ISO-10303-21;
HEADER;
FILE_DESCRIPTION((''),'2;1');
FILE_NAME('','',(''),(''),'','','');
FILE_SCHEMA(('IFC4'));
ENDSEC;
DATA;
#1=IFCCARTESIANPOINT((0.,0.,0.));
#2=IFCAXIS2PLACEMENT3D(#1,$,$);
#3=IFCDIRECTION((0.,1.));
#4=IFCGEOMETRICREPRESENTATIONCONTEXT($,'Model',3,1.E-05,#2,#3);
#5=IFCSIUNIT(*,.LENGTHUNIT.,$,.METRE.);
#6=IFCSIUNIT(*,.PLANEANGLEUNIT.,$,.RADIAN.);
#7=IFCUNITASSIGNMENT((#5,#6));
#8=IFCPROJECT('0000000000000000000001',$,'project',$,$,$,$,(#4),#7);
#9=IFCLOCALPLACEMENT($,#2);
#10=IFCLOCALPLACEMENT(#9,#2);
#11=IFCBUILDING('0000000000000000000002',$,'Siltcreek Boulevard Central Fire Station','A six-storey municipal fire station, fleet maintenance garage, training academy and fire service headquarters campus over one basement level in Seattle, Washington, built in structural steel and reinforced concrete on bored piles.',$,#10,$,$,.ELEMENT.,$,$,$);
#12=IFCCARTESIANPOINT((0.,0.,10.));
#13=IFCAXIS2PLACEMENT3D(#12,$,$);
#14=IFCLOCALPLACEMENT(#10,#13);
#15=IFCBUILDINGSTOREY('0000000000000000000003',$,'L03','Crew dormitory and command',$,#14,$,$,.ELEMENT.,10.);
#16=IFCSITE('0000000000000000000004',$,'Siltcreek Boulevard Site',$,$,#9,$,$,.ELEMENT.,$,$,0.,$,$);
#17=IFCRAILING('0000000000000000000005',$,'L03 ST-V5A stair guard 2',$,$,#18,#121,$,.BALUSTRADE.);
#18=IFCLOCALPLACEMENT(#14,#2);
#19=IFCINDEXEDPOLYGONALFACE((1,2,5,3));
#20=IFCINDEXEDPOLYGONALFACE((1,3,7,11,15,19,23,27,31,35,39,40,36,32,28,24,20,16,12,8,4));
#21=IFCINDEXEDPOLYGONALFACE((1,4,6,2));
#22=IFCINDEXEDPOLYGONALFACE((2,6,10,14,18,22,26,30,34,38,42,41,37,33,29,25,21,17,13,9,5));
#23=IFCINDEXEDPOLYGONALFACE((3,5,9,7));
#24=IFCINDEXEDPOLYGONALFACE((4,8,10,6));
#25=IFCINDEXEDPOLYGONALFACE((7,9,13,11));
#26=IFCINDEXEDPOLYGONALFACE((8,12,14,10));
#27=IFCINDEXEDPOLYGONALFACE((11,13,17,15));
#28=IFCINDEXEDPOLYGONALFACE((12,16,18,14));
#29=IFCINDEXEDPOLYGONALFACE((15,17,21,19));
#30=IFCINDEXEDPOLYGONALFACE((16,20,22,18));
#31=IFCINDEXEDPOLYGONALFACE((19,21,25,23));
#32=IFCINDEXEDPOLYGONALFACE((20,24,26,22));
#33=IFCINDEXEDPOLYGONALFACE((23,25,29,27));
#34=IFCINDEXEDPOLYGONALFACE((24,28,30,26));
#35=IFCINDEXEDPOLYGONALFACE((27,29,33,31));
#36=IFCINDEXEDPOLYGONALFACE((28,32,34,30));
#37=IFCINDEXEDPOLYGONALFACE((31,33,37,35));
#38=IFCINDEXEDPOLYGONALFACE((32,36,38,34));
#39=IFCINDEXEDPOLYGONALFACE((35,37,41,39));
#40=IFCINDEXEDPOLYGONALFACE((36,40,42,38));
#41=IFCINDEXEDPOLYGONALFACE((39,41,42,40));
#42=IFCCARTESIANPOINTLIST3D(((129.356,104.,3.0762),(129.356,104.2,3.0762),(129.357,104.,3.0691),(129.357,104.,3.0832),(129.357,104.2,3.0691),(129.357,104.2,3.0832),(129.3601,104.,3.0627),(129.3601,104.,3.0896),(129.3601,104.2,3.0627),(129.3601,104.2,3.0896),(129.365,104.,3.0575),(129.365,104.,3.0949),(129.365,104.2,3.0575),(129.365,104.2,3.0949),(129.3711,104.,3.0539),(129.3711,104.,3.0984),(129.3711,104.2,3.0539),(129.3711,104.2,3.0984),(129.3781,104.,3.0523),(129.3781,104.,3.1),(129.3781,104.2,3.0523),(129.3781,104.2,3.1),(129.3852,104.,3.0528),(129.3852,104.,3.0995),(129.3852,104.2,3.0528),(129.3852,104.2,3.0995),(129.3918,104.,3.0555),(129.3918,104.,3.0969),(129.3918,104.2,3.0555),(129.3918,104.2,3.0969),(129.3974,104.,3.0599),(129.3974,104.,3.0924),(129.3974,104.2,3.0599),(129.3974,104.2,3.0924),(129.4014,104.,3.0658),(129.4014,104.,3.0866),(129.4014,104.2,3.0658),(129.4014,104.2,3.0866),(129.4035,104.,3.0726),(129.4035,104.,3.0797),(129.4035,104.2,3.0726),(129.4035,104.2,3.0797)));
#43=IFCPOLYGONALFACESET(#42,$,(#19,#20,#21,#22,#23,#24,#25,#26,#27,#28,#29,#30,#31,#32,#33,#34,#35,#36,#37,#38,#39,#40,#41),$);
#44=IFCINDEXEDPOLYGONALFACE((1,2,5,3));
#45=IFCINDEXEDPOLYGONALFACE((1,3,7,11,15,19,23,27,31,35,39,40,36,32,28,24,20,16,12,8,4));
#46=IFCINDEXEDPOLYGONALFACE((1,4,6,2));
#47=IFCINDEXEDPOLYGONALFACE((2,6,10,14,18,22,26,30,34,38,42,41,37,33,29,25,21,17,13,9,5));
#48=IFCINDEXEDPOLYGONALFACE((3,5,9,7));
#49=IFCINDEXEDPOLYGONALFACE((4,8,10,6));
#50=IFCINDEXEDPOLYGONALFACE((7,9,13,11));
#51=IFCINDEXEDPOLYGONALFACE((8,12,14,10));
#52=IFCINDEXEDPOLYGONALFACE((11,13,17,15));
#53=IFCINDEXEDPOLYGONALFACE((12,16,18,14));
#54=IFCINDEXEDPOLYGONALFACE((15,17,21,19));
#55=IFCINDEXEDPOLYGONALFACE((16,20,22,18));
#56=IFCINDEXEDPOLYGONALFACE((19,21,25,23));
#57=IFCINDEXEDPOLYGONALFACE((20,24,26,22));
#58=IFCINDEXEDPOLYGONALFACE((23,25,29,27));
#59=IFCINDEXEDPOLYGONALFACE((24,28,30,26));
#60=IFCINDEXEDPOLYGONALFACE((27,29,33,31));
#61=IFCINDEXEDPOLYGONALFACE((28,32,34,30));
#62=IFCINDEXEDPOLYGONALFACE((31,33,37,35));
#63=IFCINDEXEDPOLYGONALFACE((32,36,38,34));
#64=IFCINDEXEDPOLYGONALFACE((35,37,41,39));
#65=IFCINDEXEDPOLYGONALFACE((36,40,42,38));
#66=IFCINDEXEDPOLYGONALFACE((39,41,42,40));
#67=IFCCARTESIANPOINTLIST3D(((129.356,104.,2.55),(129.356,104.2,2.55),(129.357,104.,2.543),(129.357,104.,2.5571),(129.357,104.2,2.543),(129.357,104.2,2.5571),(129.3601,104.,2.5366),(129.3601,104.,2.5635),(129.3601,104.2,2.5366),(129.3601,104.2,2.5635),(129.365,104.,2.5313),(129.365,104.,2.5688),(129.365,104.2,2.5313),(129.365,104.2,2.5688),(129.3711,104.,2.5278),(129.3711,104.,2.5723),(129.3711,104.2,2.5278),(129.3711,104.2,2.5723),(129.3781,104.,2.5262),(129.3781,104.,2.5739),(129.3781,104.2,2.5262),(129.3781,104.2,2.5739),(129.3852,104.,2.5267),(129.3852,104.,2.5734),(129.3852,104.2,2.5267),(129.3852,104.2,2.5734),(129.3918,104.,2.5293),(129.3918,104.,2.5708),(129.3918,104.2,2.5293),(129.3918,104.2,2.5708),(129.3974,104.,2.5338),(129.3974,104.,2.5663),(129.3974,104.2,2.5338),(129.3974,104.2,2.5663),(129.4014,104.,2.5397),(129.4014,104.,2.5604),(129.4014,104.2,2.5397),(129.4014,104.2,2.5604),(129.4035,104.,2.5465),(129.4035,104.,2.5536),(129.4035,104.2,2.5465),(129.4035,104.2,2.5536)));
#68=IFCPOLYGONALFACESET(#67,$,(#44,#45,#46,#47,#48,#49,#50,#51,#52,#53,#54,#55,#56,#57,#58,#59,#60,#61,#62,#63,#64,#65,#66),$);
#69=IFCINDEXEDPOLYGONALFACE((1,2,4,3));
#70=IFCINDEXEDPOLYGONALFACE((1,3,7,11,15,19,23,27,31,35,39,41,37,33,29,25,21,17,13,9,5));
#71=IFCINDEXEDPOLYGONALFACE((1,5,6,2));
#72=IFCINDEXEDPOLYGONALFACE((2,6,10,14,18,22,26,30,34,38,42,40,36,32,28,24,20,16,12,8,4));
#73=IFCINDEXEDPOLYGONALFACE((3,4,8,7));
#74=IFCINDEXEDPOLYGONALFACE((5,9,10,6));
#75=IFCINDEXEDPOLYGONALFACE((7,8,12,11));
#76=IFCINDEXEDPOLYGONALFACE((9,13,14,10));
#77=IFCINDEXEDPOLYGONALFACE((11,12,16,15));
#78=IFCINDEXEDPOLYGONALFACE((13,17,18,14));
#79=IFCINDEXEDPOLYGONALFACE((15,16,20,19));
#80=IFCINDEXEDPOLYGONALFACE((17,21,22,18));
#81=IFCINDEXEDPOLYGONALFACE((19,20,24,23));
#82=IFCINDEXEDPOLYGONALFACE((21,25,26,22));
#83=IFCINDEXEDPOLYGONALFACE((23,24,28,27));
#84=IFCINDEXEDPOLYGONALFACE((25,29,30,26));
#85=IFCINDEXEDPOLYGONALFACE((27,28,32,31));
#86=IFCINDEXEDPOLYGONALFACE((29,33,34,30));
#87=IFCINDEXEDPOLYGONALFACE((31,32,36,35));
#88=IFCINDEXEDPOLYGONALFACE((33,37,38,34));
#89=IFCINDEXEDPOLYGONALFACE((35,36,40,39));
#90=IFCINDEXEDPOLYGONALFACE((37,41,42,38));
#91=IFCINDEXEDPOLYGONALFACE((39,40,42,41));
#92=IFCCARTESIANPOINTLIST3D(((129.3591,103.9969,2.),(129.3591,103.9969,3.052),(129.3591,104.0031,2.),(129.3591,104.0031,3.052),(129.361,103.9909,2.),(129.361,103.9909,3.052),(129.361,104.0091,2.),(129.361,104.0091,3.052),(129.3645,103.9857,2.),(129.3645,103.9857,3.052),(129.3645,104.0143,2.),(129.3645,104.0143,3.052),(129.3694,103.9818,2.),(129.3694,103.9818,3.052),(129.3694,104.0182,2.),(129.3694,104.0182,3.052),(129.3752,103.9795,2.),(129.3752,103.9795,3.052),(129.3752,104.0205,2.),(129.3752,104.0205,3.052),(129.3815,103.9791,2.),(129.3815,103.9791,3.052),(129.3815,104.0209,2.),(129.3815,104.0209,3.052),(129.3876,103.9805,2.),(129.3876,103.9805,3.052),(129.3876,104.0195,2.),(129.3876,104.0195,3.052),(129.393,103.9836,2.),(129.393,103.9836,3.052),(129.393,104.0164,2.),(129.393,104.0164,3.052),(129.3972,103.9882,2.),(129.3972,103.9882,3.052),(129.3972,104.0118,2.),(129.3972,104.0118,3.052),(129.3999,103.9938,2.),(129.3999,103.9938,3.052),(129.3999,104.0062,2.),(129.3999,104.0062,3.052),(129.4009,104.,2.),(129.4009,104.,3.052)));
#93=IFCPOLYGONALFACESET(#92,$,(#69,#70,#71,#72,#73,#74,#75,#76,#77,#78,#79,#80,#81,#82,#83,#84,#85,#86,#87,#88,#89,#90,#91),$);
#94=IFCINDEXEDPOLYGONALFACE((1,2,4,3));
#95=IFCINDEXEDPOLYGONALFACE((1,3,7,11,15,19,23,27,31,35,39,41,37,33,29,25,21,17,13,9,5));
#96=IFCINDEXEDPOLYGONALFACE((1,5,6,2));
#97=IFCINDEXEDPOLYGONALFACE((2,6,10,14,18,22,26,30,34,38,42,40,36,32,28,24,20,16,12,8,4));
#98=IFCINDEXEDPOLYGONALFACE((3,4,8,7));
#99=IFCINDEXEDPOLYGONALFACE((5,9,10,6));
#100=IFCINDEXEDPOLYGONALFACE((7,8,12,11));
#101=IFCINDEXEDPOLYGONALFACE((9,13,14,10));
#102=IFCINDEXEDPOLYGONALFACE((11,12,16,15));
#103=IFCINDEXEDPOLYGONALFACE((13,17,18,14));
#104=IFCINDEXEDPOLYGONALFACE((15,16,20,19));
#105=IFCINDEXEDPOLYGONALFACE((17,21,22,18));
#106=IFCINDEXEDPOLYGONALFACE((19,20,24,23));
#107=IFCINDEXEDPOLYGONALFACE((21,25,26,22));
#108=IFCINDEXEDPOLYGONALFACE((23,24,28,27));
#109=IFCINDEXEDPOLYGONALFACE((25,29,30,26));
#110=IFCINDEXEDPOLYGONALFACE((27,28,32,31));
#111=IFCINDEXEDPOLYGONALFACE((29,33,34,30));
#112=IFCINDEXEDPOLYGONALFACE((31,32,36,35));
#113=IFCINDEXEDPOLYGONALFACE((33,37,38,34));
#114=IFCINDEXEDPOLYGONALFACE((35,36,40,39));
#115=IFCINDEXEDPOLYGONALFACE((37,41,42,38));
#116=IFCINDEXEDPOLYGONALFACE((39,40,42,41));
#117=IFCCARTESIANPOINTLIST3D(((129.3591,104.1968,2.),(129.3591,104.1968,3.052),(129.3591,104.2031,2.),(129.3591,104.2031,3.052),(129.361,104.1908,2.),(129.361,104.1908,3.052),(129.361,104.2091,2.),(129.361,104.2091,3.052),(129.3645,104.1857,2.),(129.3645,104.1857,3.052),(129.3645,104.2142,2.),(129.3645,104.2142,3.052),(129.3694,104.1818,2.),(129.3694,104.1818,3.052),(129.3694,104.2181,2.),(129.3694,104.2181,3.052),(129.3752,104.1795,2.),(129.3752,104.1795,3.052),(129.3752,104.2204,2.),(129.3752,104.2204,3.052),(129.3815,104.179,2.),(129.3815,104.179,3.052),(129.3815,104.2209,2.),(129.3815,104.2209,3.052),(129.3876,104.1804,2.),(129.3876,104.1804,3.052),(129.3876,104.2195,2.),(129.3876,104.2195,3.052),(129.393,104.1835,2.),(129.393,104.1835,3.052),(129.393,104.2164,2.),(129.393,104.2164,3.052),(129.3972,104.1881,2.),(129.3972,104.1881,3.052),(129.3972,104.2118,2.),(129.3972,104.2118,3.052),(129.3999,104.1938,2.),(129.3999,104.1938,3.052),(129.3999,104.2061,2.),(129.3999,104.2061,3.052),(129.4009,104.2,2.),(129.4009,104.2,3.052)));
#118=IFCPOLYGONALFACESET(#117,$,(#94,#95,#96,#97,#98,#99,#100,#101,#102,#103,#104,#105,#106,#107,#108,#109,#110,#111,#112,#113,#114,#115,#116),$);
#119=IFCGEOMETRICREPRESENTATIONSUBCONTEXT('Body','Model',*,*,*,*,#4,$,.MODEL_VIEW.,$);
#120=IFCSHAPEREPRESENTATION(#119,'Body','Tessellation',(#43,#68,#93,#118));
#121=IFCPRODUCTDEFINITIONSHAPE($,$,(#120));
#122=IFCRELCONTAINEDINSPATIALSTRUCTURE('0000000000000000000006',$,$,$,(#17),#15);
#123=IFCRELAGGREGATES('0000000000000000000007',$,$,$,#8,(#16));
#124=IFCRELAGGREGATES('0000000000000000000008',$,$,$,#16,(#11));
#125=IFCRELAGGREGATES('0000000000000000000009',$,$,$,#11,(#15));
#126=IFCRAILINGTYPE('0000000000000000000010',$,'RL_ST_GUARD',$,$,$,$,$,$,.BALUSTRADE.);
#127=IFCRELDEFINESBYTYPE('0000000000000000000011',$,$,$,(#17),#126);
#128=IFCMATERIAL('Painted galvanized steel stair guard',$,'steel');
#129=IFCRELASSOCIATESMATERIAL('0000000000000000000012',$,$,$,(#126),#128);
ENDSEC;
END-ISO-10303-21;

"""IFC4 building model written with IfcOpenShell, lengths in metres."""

from ifc_helpers import new_model, si_unit, direction, frame, origin, origin_2d, place, context, subcontext, project, spatial, circle, extrude, material, type_object, element, save


model = new_model("IFC4")

# Units and contexts
model_context = context("Model", 3, precision=1e-05, world=origin(), true_north=direction((0.0, 1.0)))
body_context = subcontext(model_context, "Body", "Model", "MODEL_VIEW")
ifc_project = project(units=[si_unit("LENGTHUNIT", "METRE"), si_unit("PLANEANGLEUNIT", "RADIAN")], contexts=[model_context])

# Site, building, storey
site_placement = place(None, origin())
site = spatial("IfcSite", under=ifc_project, at=site_placement, Name="Siltcreek Boulevard Site", CompositionType="ELEMENT", RefElevation=0.0)
building_placement = place(site_placement, origin())
building = spatial("IfcBuilding", under=site, at=building_placement, Name="Siltcreek Boulevard Central Fire Station", Description="A six-storey municipal fire station, fleet maintenance garage, training academy and fire service headquarters campus over one basement level in Seattle, Washington, built in structural steel and reinforced concrete on bored piles.", CompositionType="ELEMENT")
storey_placement = place(building_placement, frame((0.0, 0.0, 10.0)))
storey = spatial("IfcBuildingStorey", under=building, at=storey_placement, Name="L03", Description="Crew dormitory and command", CompositionType="ELEMENT", Elevation=10.0)

# Railing
ifc_material_1 = material(Name="Painted galvanized steel stair guard", Category="steel")
railing_type_1 = type_object("IfcRailingType", Name="RL_ST_GUARD", PredefinedType="BALUSTRADE", material=ifc_material_1)
railing_1_placement = place(storey_placement, frame((129.3799, 104.0, 2.0)))
element("IfcRailing", 1, at=railing_1_placement, inside=storey, type_object=railing_type_1, Name="L03 ST-V5A stair guard 2", PredefinedType="BALUSTRADE", context=body_context, shape_type="SweptSolid", body=[
    extrude(circle(Radius=0.0239, at=origin_2d()), frame((0.0, 0.0, 1.0762), z_axis=(0.0, 1.0, 0.0), x_axis=(-1.0, 0.0, 0.0)), (0.0, 0.0, 1.0), 0.2),
    extrude(circle(Radius=0.0239, at=origin_2d()), frame((0.0, 0.0, 0.55), z_axis=(0.0, 1.0, 0.0), x_axis=(-1.0, 0.0, 0.0)), (0.0, 0.0, 1.0), 0.2),
    extrude(circle(Radius=0.021, at=origin_2d()), origin(), (0.0, 0.0, 1.0), 1.052),
    extrude(circle(Radius=0.021, at=origin_2d()), frame((0.0, 0.2, 0.0)), (0.0, 0.0, 1.0), 1.052),
])

save(model, "model.ifc")
